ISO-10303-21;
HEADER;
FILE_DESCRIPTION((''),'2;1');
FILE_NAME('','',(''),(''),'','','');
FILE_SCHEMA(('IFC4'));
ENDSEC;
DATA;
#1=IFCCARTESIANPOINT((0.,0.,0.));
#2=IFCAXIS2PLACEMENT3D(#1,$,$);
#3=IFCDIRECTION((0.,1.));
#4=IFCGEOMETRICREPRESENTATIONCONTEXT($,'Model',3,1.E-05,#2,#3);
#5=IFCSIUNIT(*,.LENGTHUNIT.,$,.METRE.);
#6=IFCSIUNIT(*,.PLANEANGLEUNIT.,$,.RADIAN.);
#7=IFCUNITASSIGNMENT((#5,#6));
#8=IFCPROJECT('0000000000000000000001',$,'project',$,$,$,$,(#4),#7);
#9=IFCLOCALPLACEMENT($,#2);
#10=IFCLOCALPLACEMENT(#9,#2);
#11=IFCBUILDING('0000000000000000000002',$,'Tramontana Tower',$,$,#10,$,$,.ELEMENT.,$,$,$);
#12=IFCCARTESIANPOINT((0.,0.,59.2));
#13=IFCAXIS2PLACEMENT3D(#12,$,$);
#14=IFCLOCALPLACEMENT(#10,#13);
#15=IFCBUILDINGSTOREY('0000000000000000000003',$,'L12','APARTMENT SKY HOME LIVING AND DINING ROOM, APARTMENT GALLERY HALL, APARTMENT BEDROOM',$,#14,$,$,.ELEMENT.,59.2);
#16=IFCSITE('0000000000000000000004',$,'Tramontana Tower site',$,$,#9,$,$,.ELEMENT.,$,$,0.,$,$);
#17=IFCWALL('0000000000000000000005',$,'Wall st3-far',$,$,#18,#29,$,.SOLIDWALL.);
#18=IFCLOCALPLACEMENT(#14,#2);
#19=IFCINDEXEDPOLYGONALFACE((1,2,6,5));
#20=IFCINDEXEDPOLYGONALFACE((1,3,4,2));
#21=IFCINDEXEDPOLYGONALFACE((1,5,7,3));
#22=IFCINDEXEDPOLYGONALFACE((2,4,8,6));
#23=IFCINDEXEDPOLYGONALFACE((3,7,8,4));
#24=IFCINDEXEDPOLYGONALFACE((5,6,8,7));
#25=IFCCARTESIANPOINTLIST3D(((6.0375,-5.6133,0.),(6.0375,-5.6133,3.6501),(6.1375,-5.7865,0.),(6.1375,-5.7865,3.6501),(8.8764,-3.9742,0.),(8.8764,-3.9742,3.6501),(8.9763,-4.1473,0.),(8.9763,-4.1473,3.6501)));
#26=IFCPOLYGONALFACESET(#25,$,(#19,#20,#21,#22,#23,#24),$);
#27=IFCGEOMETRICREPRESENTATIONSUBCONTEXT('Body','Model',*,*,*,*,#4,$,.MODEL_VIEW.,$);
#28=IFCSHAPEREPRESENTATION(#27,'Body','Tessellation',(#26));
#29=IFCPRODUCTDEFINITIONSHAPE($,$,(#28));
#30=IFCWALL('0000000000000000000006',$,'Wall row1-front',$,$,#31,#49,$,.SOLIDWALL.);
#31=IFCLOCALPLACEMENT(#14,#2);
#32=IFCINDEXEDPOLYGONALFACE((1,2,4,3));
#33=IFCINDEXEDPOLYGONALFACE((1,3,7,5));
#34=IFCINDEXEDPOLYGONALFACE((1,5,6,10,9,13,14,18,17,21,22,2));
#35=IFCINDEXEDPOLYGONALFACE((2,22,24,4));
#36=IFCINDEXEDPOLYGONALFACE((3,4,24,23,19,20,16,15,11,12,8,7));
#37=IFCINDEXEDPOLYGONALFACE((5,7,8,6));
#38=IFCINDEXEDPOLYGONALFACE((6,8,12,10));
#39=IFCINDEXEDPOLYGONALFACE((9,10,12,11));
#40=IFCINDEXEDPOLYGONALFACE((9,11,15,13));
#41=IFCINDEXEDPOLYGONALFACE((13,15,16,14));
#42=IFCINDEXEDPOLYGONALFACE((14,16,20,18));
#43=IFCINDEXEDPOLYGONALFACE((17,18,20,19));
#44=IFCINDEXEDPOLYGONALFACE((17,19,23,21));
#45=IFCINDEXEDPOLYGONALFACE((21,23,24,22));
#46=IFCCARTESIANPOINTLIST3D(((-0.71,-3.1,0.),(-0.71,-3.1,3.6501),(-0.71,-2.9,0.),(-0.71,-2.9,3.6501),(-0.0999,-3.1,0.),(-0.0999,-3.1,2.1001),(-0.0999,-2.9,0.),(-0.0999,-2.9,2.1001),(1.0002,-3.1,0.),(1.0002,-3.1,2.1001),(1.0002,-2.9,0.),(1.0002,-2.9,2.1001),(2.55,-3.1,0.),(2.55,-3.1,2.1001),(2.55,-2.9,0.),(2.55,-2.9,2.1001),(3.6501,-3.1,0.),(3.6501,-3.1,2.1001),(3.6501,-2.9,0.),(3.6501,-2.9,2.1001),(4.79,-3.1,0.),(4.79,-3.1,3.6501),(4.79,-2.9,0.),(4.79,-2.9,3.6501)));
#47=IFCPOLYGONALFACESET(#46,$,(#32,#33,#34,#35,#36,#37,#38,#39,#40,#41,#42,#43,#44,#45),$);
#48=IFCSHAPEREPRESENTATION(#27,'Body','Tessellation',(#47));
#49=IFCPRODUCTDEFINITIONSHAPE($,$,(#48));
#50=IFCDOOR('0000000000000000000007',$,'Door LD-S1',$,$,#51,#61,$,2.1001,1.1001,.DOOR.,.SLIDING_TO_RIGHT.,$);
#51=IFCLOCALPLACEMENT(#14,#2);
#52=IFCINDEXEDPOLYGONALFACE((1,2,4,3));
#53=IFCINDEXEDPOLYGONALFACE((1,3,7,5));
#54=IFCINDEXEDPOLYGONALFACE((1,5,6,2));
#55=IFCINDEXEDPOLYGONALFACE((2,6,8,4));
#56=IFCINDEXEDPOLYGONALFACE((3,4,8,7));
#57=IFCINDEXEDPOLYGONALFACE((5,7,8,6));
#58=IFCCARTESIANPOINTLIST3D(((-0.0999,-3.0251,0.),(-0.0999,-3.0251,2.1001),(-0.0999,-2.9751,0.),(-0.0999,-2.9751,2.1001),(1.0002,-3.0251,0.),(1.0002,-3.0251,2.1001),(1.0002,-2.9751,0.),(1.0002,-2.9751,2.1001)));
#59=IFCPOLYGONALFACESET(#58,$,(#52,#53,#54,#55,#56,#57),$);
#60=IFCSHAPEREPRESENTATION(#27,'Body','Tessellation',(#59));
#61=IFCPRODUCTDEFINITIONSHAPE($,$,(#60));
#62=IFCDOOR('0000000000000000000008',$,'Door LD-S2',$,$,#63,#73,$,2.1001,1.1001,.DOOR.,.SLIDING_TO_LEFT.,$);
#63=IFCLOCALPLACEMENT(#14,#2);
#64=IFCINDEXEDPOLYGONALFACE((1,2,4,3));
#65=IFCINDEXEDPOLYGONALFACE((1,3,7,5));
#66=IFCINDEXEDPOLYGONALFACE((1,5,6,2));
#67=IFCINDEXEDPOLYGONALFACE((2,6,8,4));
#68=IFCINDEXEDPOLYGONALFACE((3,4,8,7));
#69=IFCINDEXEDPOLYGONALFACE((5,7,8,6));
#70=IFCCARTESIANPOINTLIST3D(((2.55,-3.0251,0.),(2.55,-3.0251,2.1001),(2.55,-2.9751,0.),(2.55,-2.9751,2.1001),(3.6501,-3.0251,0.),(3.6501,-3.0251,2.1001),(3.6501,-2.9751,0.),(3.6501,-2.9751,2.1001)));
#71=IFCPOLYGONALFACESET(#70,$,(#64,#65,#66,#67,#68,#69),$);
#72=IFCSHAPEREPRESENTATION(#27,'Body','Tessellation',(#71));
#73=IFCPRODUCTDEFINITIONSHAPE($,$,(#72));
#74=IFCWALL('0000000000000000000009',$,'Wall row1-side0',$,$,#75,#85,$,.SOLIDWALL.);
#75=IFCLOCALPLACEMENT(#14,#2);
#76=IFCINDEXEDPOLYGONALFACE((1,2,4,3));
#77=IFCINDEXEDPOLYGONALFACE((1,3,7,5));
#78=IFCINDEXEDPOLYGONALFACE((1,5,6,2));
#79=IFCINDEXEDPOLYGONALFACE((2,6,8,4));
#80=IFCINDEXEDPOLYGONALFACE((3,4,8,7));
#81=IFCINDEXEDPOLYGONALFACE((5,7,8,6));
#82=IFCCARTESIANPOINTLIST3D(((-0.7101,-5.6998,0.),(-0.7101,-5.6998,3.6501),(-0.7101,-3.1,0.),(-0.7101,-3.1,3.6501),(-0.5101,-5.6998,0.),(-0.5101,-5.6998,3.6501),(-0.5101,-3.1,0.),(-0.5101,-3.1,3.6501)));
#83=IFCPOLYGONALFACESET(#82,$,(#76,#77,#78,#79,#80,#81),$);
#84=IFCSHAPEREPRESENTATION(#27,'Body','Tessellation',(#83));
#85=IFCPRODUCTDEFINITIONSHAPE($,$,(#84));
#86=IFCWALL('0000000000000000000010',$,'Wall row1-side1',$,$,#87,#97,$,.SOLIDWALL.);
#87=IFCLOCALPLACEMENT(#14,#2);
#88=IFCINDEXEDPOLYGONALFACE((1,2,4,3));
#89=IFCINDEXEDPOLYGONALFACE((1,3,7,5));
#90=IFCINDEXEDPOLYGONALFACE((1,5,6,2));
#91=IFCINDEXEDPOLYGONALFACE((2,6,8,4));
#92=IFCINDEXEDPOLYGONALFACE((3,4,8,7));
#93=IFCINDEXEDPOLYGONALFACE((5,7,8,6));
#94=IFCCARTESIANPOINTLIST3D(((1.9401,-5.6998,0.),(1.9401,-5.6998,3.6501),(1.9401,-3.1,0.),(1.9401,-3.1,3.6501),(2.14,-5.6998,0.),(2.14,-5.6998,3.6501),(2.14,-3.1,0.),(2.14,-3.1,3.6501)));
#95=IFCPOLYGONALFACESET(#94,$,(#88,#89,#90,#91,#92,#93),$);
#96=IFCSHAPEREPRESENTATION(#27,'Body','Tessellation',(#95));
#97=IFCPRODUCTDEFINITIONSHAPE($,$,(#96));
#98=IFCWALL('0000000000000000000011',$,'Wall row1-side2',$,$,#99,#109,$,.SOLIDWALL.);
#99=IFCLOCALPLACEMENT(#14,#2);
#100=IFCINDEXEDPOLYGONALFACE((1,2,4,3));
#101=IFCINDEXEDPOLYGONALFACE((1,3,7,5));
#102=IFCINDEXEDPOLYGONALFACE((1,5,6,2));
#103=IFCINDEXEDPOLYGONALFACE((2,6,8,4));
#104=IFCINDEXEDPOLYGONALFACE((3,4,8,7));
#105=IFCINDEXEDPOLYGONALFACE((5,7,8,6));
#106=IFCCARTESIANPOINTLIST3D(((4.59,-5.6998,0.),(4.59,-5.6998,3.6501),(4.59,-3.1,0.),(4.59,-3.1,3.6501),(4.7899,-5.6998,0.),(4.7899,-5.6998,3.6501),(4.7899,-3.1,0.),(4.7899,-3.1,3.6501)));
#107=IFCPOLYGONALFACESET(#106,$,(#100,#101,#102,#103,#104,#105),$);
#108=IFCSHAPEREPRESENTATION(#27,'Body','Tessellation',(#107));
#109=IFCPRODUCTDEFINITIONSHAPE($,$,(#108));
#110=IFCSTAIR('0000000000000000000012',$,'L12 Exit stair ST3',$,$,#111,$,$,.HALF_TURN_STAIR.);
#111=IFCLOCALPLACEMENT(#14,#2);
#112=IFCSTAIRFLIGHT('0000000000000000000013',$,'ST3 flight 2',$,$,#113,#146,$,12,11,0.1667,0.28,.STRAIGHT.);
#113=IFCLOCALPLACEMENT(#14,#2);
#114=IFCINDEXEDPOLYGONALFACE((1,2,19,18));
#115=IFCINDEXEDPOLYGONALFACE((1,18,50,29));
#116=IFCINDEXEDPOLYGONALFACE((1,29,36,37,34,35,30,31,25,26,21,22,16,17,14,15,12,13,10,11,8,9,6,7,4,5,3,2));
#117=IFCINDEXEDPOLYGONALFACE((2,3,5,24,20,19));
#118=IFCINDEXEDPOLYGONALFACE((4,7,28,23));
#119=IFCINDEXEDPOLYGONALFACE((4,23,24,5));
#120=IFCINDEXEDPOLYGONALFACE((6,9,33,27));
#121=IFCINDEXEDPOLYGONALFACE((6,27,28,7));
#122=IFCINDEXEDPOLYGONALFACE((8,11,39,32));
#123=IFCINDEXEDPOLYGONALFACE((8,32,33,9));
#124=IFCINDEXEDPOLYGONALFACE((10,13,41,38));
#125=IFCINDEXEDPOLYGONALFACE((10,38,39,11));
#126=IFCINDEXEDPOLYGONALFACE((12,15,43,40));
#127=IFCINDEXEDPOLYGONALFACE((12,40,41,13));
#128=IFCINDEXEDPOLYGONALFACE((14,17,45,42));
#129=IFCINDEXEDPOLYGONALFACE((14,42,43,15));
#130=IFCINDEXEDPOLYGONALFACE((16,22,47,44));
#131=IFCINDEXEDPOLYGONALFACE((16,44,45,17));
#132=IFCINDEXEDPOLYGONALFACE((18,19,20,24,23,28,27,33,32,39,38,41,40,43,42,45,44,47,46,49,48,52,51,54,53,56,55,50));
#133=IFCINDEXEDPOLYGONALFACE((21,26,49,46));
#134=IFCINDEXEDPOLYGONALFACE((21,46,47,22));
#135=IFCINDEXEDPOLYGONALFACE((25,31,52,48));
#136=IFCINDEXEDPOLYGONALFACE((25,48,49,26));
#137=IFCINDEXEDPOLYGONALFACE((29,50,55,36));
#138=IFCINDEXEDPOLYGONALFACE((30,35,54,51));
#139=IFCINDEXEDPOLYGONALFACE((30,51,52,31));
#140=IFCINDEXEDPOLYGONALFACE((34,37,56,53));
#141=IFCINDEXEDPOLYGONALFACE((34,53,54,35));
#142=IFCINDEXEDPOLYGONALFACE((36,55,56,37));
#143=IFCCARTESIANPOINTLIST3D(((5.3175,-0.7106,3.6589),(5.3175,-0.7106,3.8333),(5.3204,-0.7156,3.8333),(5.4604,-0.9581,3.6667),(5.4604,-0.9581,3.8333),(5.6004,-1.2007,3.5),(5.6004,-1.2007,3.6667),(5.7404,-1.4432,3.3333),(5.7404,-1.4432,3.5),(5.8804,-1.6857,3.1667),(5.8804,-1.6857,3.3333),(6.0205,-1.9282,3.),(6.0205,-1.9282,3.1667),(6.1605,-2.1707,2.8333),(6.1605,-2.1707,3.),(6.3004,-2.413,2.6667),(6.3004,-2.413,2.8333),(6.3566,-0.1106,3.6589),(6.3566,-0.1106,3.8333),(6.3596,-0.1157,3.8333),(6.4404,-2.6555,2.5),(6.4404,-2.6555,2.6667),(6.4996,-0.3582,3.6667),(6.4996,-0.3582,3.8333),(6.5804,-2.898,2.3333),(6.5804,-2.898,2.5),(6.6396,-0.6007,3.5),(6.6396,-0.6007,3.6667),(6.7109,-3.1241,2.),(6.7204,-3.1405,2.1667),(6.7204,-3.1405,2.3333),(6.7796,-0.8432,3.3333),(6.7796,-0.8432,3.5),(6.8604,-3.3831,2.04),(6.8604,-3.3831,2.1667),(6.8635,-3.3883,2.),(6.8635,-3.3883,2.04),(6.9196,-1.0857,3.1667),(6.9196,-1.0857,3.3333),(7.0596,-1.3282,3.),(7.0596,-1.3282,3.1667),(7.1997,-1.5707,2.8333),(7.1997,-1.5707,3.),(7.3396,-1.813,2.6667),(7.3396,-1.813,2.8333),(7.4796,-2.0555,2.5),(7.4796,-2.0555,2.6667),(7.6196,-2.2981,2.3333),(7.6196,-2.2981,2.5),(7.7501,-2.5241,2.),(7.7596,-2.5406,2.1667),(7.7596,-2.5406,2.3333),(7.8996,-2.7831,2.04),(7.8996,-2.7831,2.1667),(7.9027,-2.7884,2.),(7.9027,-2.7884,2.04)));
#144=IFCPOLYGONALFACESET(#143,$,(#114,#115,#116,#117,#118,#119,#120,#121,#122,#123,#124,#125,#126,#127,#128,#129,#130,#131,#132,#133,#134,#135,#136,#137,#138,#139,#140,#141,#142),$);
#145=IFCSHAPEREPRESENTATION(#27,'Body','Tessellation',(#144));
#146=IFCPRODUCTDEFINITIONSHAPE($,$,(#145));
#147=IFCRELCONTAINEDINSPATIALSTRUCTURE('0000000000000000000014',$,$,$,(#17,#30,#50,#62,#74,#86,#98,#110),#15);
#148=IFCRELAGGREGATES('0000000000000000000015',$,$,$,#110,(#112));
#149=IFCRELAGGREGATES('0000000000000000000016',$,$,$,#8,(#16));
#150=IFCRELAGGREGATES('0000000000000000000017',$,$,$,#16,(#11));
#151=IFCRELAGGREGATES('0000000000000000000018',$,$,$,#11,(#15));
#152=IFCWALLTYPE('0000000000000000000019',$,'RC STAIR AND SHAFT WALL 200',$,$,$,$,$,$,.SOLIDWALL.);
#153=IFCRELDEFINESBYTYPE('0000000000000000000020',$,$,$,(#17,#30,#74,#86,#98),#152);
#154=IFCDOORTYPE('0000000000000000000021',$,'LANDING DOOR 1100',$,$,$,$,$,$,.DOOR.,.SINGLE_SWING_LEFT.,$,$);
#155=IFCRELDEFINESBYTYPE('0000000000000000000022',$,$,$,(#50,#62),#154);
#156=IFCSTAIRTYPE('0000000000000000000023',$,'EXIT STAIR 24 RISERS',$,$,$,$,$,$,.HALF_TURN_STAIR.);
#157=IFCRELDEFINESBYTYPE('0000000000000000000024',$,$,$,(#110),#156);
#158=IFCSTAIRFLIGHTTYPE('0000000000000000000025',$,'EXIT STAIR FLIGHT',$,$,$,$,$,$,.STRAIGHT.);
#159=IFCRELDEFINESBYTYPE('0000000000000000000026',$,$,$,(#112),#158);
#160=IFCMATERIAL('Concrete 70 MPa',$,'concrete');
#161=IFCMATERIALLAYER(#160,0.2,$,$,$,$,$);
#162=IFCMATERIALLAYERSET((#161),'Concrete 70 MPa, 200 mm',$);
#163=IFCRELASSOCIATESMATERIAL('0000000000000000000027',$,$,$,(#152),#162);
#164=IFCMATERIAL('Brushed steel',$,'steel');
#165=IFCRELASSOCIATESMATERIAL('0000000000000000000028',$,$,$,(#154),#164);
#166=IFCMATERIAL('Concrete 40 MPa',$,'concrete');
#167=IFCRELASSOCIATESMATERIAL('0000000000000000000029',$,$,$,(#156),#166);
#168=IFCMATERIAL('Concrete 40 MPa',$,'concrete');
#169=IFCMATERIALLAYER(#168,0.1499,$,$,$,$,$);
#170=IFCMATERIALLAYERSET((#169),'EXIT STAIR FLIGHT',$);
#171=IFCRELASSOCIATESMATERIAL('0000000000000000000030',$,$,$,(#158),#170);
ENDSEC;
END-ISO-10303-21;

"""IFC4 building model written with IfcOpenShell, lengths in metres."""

from ifc_helpers import new_model, si_unit, direction, frame, frame_2d, origin, place, context, subcontext, project, spatial, polyline, rectangle, outline, extrude, material, layer, layer_set, type_object, element, fill, aggregate, save


model = new_model("IFC4")

# Units and contexts
model_context = context("Model", 3, precision=1e-05, world=origin(), true_north=direction((0.0, 1.0)))
body_context = subcontext(model_context, "Body", "Model", "MODEL_VIEW")
ifc_project = project(units=[si_unit("LENGTHUNIT", "METRE"), si_unit("PLANEANGLEUNIT", "RADIAN")], contexts=[model_context])

# Site, building, storey
site_placement = place(None, origin())
site = spatial("IfcSite", under=ifc_project, at=site_placement, Name="Tramontana Tower site", CompositionType="ELEMENT", RefElevation=0.0)
building_placement = place(site_placement, origin())
building = spatial("IfcBuilding", under=site, at=building_placement, Name="Tramontana Tower", CompositionType="ELEMENT")
storey_placement = place(building_placement, frame((0.0, 0.0, 59.2)))
storey = spatial("IfcBuildingStorey", under=building, at=storey_placement, Name="L12", Description="APARTMENT SKY HOME LIVING AND DINING ROOM, APARTMENT GALLERY HALL, APARTMENT BEDROOM", CompositionType="ELEMENT", Elevation=59.2)

# Wall
ifc_material_1 = material(Name="Concrete 70 MPa", Category="concrete")
ifc_layer_1 = layer(ifc_material_1, 0.2)
ifc_layer_set_1 = layer_set([ifc_layer_1], Name="Concrete 70 MPa, 200 mm")
wall_type_1 = type_object("IfcWallType", Name="RC STAIR AND SHAFT WALL 200", PredefinedType="SOLIDWALL", material=ifc_layer_set_1)
wall_1_placement = place(storey_placement, frame((6.0874, -5.7, 0.0), z_axis=(0.0, 0.0, 1.0), x_axis=(0.866007, 0.500032, 0.0)))
element("IfcWall", 1, at=wall_1_placement, inside=storey, type_object=wall_type_1, Name="Wall st3-far", PredefinedType="SOLIDWALL", context=body_context, shape_type="SweptSolid", body=[
    extrude(rectangle(XDim=3.2781, YDim=0.2, at=frame_2d((1.6392, 0.0))), origin(), (0.0, 0.0, 1.0), 3.6501),
])

# Wall, openings, doors
wall_2_placement = place(storey_placement, frame((-0.71, -3.0, 0.0), z_axis=(0.0, 0.0, 1.0), x_axis=(1.0, 0.0, 0.0)))
wall_2 = element("IfcWall", 2, at=wall_2_placement, inside=storey, type_object=wall_type_1, Name="Wall row1-front", PredefinedType="SOLIDWALL", context=body_context, shape_type="SweptSolid", body=[
    extrude(rectangle(XDim=5.5, YDim=0.2, at=frame_2d((2.75, 0.0))), origin(), (0.0, 0.0, 1.0), 3.6501),
])
opening_1_placement = place(wall_2_placement, frame((0.6101, 0.0, 0.0)))
opening_1 = element("IfcOpeningElement", 3, at=opening_1_placement, cuts=wall_2, PredefinedType="OPENING", context=body_context, shape_type="SweptSolid", body=[
    extrude(rectangle(XDim=1.1001, YDim=2.1001, at=frame_2d((0.55, 1.05))), frame((0.0, 0.1099, 0.0), z_axis=(0.0, -1.0, 0.0), x_axis=(1.0, 0.0, 0.0)), (0.0, 0.0, 1.0), 0.22),
])
opening_2_placement = place(wall_2_placement, frame((3.26, 0.0, 0.0)))
opening_2 = element("IfcOpeningElement", 4, at=opening_2_placement, cuts=wall_2, PredefinedType="OPENING", context=body_context, shape_type="SweptSolid", body=[
    extrude(rectangle(XDim=1.1001, YDim=2.1001, at=frame_2d((0.55, 1.05))), frame((0.0, 0.1099, 0.0), z_axis=(0.0, -1.0, 0.0), x_axis=(1.0, 0.0, 0.0)), (0.0, 0.0, 1.0), 0.22),
])
ifc_material_2 = material(Name="Brushed steel", Category="steel")
door_type_1 = type_object("IfcDoorType", Name="LANDING DOOR 1100", OperationType="SINGLE_SWING_LEFT", PredefinedType="DOOR", material=ifc_material_2)
door_1_placement = place(opening_1_placement, origin())
door_1 = element("IfcDoor", 5, at=door_1_placement, inside=storey, type_object=door_type_1, Name="Door LD-S1", OperationType="SLIDING_TO_RIGHT", OverallHeight=2.1001, OverallWidth=1.1001, PredefinedType="DOOR", context=body_context, shape_type="SweptSolid", body=[
    extrude(rectangle(XDim=1.1001, YDim=2.1001, at=frame_2d((0.55, 1.05))), frame((0.0, 0.0249, 0.0), z_axis=(0.0, -1.0, 0.0), x_axis=(1.0, 0.0, 0.0)), (0.0, 0.0, 1.0), 0.05),
])
fill(opening_1, door_1)
door_2_placement = place(opening_2_placement, origin())
door_2 = element("IfcDoor", 6, at=door_2_placement, inside=storey, type_object=door_type_1, Name="Door LD-S2", OperationType="SLIDING_TO_LEFT", OverallHeight=2.1001, OverallWidth=1.1001, PredefinedType="DOOR", context=body_context, shape_type="SweptSolid", body=[
    extrude(rectangle(XDim=1.1001, YDim=2.1001, at=frame_2d((0.55, 1.05))), frame((0.0, 0.0249, 0.0), z_axis=(0.0, -1.0, 0.0), x_axis=(1.0, 0.0, 0.0)), (0.0, 0.0, 1.0), 0.05),
])
fill(opening_2, door_2)

# Walls
for number, where, z_axis, x_axis, name in (
    (7, (-0.6101, -3.1001, 0.0), (0.0, 0.0, 1.0), (0.0, -1.0, 0.0), "Wall row1-side0"),
    (8, (2.04, -3.1001, 0.0), (0.0, 0.0, 1.0), (0.0, -1.0, 0.0), "Wall row1-side1"),
    (9, (4.6899, -3.1001, 0.0), (0.0, 0.0, 1.0), (0.0, -1.0, 0.0), "Wall row1-side2"),
):
    element("IfcWall", number, at=place(storey_placement, frame(where, z_axis=z_axis, x_axis=x_axis)), inside=storey, type_object=wall_type_1, Name=name, PredefinedType="SOLIDWALL", context=body_context, shape_type="SweptSolid", body=[
        extrude(rectangle(XDim=2.5999, YDim=0.2, at=frame_2d((1.2998, 0.0))), origin(), (0.0, 0.0, 1.0), 3.6501),
    ])

# Stair, stair flight
ifc_material_3 = material(Name="Concrete 40 MPa", Category="concrete")
stair_type = type_object("IfcStairType", Name="EXIT STAIR 24 RISERS", PredefinedType="HALF_TURN_STAIR", material=ifc_material_3)
stair_placement = place(storey_placement, origin())
stair = element("IfcStair", 10, at=stair_placement, inside=storey, type_object=stair_type, Name="L12 Exit stair ST3", PredefinedType="HALF_TURN_STAIR")
ifc_material_4 = material(Name="Concrete 40 MPa", Category="concrete")
ifc_layer_2 = layer(ifc_material_4, 0.1499)
ifc_layer_set_2 = layer_set([ifc_layer_2], Name="EXIT STAIR FLIGHT")
stair_flight_type = type_object("IfcStairFlightType", Name="EXIT STAIR FLIGHT", PredefinedType="STRAIGHT", material=ifc_layer_set_2)
stair_flight_placement = place(storey_placement, frame((7.3801, -3.083, 2.0), z_axis=(0.0, 0.0, 1.0), x_axis=(-0.5, 0.866025, 0.0)))
stair_flight = element("IfcStairFlight", 11, at=stair_flight_placement, type_object=stair_flight_type, Name="ST3 flight 2", NumberOfRisers=12, NumberOfTreads=11, PredefinedType="STRAIGHT", RiserHeight=0.1667, TreadLength=0.28, context=body_context, shape_type="SweptSolid", body=[
    extrude(outline(polyline([(-0.0061, 0.0), (-0.0061, 0.04), (0.0, 0.04), (0.0, 0.1667), (0.28, 0.1667), (0.28, 0.3333), (0.5601, 0.3333), (0.5601, 0.5), (0.8401, 0.5), (0.8401, 0.6667), (1.1201, 0.6667), (1.1201, 0.8333), (1.3999, 0.8333), (1.3999, 1.0), (1.6799, 1.0), (1.6799, 1.1667), (1.96, 1.1667), (1.96, 1.3333), (2.24, 1.3333), (2.24, 1.5), (2.52, 1.5), (2.52, 1.6667), (2.8, 1.6667), (2.8, 1.8333), (3.0801, 1.8333), (3.0859, 1.8333), (3.0859, 1.6589), (0.2991, 0.0), (-0.0061, 0.0)])), frame((0.0, 0.6001, 0.0), z_axis=(0.0, -1.0, 0.0), x_axis=(1.0, 0.0, 0.0)), (0.0, 0.0, 1.0), 1.2),
])
aggregate(stair, [stair_flight])

save(model, "model.ifc")
